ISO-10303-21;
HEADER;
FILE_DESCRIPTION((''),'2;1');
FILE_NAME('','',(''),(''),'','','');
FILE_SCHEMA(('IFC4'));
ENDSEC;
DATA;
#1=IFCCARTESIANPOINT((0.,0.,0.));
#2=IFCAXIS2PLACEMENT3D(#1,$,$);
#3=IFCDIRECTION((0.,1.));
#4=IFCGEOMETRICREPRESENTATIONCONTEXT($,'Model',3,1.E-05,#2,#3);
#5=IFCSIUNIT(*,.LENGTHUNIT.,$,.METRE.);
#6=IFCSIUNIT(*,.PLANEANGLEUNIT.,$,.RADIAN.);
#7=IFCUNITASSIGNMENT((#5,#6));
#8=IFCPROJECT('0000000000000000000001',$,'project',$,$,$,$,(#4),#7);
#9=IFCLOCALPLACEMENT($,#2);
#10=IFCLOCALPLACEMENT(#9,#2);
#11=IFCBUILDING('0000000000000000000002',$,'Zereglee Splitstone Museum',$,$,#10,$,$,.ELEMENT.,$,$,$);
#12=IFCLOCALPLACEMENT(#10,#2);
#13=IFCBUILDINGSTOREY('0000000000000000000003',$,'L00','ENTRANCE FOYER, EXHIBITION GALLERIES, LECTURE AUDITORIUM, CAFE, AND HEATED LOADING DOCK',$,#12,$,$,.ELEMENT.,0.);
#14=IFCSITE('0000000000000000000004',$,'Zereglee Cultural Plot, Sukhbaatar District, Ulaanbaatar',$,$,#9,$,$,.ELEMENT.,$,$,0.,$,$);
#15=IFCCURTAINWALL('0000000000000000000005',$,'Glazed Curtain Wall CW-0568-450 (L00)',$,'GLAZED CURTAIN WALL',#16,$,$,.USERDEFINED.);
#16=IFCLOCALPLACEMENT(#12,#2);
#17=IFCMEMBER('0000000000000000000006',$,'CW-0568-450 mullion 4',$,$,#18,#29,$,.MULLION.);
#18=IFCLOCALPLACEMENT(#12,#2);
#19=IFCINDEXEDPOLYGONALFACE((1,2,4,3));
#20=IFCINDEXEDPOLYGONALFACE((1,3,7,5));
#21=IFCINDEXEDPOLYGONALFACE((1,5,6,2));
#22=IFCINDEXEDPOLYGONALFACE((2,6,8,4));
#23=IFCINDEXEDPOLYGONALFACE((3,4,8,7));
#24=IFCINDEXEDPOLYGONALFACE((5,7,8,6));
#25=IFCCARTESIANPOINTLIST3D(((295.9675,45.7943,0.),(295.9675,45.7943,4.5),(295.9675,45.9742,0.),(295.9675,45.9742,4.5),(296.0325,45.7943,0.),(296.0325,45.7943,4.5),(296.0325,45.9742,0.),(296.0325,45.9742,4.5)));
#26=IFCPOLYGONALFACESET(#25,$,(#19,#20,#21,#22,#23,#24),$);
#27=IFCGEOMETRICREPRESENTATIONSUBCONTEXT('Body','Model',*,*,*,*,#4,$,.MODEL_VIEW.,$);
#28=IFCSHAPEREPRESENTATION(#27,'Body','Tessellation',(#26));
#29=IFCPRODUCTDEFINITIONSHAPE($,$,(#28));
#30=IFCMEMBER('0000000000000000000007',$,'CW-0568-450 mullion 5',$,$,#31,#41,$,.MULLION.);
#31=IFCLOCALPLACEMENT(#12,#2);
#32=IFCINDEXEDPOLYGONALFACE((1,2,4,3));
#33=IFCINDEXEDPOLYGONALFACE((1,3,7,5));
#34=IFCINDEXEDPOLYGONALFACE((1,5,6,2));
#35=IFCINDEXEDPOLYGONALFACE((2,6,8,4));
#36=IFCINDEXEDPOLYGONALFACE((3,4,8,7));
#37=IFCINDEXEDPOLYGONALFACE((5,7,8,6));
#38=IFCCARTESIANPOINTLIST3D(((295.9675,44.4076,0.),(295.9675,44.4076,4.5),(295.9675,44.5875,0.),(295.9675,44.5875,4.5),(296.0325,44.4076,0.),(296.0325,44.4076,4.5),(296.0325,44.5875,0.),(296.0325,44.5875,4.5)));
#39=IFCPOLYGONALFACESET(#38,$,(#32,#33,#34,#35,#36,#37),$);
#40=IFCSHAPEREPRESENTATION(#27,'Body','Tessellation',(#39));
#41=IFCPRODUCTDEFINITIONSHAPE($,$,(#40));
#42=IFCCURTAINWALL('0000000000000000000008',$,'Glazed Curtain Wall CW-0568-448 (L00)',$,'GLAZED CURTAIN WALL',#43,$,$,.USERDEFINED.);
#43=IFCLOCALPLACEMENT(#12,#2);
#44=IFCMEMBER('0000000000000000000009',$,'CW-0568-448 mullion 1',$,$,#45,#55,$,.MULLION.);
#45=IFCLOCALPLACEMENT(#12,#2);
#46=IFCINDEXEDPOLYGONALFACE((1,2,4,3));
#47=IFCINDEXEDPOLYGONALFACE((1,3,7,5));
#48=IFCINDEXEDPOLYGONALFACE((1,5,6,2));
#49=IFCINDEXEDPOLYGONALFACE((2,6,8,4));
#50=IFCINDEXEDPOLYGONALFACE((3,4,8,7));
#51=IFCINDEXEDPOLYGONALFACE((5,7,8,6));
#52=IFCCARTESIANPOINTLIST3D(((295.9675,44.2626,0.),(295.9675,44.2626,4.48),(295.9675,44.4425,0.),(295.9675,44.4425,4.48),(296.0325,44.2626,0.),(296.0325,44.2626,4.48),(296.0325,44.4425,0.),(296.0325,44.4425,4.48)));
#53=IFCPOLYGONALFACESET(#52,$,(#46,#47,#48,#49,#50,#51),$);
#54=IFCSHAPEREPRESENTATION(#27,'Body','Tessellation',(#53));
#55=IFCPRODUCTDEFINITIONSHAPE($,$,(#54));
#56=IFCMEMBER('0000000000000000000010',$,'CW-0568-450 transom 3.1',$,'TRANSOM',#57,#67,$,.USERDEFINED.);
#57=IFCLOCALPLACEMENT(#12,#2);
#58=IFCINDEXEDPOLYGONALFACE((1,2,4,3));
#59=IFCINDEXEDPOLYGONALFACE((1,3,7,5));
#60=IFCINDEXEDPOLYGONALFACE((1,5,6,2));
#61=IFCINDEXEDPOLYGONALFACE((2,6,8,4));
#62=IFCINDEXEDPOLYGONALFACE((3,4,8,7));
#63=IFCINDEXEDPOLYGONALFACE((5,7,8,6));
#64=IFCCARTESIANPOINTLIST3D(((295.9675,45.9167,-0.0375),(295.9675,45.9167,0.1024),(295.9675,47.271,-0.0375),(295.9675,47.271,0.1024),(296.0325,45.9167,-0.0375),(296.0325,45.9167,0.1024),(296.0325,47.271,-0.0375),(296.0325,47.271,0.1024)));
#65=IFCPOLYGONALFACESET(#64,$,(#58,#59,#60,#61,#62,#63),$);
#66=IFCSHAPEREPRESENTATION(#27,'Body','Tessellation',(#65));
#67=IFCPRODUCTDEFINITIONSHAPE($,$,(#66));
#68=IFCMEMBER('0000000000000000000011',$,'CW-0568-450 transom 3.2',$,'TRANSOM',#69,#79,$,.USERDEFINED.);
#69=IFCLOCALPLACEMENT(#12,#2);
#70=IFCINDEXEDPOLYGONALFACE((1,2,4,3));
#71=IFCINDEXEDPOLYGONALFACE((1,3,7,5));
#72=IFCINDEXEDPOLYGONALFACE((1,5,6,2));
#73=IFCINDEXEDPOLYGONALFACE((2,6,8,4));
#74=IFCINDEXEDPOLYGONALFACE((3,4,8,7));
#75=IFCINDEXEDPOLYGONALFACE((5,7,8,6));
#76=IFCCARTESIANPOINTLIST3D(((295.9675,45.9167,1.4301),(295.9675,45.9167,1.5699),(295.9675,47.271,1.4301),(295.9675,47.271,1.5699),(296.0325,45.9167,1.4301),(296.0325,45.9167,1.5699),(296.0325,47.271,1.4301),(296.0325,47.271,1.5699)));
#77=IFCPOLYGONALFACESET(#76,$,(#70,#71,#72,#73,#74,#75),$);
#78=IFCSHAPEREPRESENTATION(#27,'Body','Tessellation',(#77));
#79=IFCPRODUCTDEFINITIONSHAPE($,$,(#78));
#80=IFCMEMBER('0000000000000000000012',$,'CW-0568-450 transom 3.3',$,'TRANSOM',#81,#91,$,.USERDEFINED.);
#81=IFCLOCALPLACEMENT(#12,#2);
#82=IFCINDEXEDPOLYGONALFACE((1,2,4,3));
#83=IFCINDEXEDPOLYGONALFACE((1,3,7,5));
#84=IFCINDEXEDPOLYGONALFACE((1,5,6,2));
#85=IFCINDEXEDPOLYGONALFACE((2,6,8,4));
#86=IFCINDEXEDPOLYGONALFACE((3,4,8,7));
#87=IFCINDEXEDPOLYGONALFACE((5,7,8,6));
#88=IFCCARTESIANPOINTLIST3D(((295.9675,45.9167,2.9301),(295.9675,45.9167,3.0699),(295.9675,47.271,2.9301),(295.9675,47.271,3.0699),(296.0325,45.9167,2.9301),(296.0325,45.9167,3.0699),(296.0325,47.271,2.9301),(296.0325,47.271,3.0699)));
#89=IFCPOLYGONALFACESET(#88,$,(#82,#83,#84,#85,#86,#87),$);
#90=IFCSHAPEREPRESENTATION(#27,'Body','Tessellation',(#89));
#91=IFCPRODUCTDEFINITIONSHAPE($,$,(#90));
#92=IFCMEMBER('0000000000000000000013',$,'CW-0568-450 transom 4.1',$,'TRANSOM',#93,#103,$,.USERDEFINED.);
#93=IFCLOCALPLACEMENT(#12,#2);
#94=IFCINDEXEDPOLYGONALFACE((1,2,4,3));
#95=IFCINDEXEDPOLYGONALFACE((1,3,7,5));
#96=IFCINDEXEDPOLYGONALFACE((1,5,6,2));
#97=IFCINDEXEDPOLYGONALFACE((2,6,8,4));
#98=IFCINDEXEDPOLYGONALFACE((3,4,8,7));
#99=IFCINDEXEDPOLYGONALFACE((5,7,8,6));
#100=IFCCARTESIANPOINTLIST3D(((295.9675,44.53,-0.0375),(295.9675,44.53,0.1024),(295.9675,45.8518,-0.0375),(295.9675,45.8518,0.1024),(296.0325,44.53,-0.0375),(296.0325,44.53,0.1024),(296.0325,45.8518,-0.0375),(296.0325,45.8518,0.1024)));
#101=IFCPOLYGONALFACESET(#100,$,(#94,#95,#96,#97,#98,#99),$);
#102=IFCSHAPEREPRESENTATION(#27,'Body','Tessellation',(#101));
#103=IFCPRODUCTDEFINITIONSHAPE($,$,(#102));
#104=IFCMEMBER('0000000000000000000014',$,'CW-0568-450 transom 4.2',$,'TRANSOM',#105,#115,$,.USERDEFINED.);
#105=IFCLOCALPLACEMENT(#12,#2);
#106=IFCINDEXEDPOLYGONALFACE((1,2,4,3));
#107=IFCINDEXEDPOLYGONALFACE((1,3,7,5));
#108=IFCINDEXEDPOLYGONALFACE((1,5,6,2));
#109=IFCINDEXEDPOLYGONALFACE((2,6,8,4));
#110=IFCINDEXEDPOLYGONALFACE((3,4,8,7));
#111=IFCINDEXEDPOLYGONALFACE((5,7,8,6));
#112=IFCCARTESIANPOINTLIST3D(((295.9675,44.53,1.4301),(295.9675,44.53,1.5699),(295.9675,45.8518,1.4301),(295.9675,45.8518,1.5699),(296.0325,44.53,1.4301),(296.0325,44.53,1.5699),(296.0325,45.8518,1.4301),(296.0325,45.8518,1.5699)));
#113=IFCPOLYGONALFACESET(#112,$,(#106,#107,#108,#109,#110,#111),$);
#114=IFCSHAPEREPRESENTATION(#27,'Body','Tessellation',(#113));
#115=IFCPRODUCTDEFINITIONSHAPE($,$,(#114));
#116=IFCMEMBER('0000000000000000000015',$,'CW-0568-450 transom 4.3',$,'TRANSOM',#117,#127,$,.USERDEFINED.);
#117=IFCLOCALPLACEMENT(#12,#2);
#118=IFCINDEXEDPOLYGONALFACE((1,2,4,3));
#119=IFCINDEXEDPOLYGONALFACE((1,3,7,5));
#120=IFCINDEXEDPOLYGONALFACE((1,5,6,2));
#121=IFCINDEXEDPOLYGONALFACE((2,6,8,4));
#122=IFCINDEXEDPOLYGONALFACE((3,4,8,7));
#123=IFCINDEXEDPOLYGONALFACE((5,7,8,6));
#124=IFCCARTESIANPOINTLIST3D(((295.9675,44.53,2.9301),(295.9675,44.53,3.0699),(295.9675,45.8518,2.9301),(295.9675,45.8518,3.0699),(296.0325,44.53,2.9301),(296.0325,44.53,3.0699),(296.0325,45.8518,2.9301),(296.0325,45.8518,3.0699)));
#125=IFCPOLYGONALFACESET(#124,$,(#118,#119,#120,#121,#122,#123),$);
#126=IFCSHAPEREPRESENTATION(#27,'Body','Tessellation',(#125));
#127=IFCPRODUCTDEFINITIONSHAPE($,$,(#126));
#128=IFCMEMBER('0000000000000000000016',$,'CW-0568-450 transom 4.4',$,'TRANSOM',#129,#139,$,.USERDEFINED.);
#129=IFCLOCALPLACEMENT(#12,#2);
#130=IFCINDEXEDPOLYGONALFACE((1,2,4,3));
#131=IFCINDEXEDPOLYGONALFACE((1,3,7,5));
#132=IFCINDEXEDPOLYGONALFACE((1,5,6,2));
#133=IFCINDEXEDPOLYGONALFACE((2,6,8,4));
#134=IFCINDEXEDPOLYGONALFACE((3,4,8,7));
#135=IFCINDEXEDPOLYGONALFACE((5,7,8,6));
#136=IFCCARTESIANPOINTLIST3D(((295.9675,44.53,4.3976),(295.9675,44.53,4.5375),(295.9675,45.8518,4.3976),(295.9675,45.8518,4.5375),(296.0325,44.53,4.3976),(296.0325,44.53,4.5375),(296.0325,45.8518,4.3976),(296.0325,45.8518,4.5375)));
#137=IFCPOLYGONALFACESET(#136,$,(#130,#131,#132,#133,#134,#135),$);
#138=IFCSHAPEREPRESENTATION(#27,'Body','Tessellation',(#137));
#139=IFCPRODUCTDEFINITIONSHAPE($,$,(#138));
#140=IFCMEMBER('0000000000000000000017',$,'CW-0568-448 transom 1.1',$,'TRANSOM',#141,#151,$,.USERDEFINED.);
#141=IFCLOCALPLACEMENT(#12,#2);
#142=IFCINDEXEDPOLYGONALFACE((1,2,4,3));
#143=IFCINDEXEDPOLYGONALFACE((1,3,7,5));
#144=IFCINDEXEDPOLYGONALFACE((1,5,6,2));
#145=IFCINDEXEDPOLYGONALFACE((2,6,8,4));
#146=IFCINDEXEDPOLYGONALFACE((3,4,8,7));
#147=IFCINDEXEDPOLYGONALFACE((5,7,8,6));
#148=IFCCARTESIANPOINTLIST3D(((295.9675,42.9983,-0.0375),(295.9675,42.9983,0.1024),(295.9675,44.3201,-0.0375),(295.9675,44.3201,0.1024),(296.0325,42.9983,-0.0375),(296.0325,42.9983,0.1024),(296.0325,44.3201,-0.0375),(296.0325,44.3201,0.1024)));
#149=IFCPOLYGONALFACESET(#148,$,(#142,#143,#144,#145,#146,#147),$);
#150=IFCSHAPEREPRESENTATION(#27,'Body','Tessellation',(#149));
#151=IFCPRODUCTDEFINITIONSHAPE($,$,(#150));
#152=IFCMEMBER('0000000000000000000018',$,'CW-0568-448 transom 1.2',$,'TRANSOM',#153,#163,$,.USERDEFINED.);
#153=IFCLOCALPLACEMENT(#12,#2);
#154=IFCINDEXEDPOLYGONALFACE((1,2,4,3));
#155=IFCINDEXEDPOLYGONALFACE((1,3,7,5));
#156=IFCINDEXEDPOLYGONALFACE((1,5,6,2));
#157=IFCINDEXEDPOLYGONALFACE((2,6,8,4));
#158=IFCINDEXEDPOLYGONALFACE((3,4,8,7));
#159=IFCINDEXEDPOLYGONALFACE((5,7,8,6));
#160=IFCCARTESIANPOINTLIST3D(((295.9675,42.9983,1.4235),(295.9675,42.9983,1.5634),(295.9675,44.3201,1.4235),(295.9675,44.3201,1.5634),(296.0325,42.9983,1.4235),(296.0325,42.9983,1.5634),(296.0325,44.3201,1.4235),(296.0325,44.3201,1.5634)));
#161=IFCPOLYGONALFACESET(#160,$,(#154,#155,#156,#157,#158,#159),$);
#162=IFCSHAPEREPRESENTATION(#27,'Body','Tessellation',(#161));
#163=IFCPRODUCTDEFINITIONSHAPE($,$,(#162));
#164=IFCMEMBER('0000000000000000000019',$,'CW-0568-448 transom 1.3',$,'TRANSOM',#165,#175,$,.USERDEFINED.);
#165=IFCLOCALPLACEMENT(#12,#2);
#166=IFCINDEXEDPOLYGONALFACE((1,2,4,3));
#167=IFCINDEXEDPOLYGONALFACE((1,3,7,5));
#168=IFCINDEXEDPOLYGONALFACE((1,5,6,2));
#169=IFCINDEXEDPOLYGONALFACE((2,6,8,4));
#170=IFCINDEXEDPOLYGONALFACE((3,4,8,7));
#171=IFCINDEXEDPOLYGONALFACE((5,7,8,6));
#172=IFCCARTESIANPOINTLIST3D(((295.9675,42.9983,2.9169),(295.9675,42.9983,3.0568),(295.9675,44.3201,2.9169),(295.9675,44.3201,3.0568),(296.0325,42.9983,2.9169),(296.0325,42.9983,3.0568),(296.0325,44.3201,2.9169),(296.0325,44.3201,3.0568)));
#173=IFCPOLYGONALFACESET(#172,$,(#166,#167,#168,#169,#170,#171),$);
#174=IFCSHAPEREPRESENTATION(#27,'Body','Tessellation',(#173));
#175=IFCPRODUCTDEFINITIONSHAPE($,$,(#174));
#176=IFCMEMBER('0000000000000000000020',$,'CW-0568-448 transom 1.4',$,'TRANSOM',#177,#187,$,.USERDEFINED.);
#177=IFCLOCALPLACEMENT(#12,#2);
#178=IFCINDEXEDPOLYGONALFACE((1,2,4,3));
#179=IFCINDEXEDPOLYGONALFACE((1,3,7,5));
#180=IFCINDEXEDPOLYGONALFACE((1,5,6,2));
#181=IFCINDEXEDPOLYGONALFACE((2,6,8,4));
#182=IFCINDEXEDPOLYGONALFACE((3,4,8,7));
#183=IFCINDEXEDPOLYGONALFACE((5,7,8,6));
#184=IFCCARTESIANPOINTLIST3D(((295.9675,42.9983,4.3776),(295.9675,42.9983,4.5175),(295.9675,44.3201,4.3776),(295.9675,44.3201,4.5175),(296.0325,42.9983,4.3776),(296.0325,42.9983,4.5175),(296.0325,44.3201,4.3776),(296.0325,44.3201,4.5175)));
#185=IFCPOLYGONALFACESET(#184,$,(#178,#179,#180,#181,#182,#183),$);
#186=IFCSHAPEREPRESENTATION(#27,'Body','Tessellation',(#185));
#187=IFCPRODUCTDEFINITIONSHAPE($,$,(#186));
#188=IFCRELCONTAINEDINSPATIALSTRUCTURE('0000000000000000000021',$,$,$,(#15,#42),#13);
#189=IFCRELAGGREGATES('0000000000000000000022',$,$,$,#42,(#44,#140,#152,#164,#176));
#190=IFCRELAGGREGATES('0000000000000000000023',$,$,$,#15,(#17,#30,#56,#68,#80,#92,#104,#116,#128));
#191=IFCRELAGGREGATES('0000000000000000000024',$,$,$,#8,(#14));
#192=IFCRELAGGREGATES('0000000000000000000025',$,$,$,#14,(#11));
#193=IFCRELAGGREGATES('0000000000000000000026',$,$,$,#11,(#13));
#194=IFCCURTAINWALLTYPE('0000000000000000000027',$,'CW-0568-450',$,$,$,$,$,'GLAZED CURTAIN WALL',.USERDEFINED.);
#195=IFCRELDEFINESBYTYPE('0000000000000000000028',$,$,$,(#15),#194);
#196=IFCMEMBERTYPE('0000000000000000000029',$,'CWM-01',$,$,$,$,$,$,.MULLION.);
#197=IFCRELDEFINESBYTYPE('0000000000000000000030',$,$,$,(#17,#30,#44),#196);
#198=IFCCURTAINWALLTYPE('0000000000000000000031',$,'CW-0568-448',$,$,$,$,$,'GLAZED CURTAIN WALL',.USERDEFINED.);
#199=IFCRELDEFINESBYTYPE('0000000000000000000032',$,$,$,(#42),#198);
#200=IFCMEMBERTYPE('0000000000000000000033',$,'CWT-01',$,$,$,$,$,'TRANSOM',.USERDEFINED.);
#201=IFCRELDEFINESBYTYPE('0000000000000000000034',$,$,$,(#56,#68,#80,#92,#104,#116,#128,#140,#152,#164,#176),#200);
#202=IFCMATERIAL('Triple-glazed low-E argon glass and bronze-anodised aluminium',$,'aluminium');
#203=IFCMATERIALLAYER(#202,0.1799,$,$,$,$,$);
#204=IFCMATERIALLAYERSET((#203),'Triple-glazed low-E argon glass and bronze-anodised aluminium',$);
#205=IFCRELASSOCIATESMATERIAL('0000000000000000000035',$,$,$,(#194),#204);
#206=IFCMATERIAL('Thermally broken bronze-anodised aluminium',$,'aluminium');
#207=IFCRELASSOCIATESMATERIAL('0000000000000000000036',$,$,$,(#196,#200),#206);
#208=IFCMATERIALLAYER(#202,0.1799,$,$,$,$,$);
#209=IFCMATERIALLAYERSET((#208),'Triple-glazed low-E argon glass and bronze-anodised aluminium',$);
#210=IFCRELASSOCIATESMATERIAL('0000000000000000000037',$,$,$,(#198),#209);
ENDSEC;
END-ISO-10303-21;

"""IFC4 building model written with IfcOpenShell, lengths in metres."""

from ifc_helpers import new_model, si_unit, direction, frame, origin, origin_2d, place, context, subcontext, project, spatial, rectangle, extrude, material, layer, layer_set, material_profile, profile_set, type_object, element, aggregate, save


model = new_model("IFC4")

# Units and contexts
model_context = context("Model", 3, precision=1e-05, world=origin(), true_north=direction((0.0, 1.0)))
body_context = subcontext(model_context, "Body", "Model", "MODEL_VIEW")
ifc_project = project(units=[si_unit("LENGTHUNIT", "METRE"), si_unit("PLANEANGLEUNIT", "RADIAN")], contexts=[model_context])

# Site, building, storey
site_placement = place(None, origin())
site = spatial("IfcSite", under=ifc_project, at=site_placement, Name="Zereglee Cultural Plot, Sukhbaatar District, Ulaanbaatar", CompositionType="ELEMENT", RefElevation=0.0)
building_placement = place(site_placement, origin())
building = spatial("IfcBuilding", under=site, at=building_placement, Name="Zereglee Splitstone Museum", CompositionType="ELEMENT")
storey_placement = place(building_placement, origin())
storey = spatial("IfcBuildingStorey", under=building, at=storey_placement, Name="L00", Description="ENTRANCE FOYER, EXHIBITION GALLERIES, LECTURE AUDITORIUM, CAFE, AND HEATED LOADING DOCK", CompositionType="ELEMENT", Elevation=0.0)

# Curtain wall, members
ifc_material_1 = material(Name="Triple-glazed low-E argon glass and bronze-anodised aluminium", Category="aluminium")
ifc_layer_1 = layer(ifc_material_1, 0.1799)
ifc_layer_set_1 = layer_set([ifc_layer_1], Name="Triple-glazed low-E argon glass and bronze-anodised aluminium")
curtain_wall_type_1 = type_object("IfcCurtainWallType", Name="CW-0568-450", ElementType="GLAZED CURTAIN WALL", PredefinedType="USERDEFINED", material=ifc_layer_set_1)
curtain_wall_1_placement = place(storey_placement, origin())
curtain_wall_1 = element("IfcCurtainWall", 1, at=curtain_wall_1_placement, inside=storey, type_object=curtain_wall_type_1, Name="Glazed Curtain Wall CW-0568-450 (L00)", ObjectType="GLAZED CURTAIN WALL", PredefinedType="USERDEFINED")
ifc_material_2 = material(Name="Thermally broken bronze-anodised aluminium", Category="aluminium")
ifc_material_profile_1 = material_profile(ifc_material_2, rectangle(XDim=0.0649, YDim=0.1799, at=origin_2d()), Name="CW MULL 65x180")
ifc_profile_set_1 = profile_set([ifc_material_profile_1], Name="Thermally broken bronze-anodised aluminium")
member_type_1 = type_object("IfcMemberType", Name="CWM-01", PredefinedType="MULLION", material=ifc_profile_set_1)
member_1_placement = place(storey_placement, frame((296.0, 45.8843, 0.0), z_axis=(0.0, 0.0, 1.0), x_axis=(1.0, 0.0, 0.0)))
member_1 = element("IfcMember", 2, at=member_1_placement, type_object=member_type_1, Name="CW-0568-450 mullion 4", PredefinedType="MULLION", context=body_context, shape_type="SweptSolid", body=[
    extrude(rectangle(XDim=0.0649, YDim=0.1799, at=origin_2d()), origin(), (0.0, 0.0, 1.0), 4.5),
])
member_2_placement = place(storey_placement, frame((296.0, 44.4976, 0.0), z_axis=(0.0, 0.0, 1.0), x_axis=(1.0, 0.0, 0.0)))
member_2 = element("IfcMember", 3, at=member_2_placement, type_object=member_type_1, Name="CW-0568-450 mullion 5", PredefinedType="MULLION", context=body_context, shape_type="SweptSolid", body=[
    extrude(rectangle(XDim=0.0649, YDim=0.1799, at=origin_2d()), origin(), (0.0, 0.0, 1.0), 4.5),
])

# Curtain wall, member
ifc_layer_2 = layer(ifc_material_1, 0.1799)
ifc_layer_set_2 = layer_set([ifc_layer_2], Name="Triple-glazed low-E argon glass and bronze-anodised aluminium")
curtain_wall_type_2 = type_object("IfcCurtainWallType", Name="CW-0568-448", ElementType="GLAZED CURTAIN WALL", PredefinedType="USERDEFINED", material=ifc_layer_set_2)
curtain_wall_2_placement = place(storey_placement, origin())
curtain_wall_2 = element("IfcCurtainWall", 4, at=curtain_wall_2_placement, inside=storey, type_object=curtain_wall_type_2, Name="Glazed Curtain Wall CW-0568-448 (L00)", ObjectType="GLAZED CURTAIN WALL", PredefinedType="USERDEFINED")
member_3_placement = place(storey_placement, frame((296.0, 44.3525, 0.0), z_axis=(0.0, 0.0, 1.0), x_axis=(1.0, 0.0, 0.0)))
member_3 = element("IfcMember", 5, at=member_3_placement, type_object=member_type_1, Name="CW-0568-448 mullion 1", PredefinedType="MULLION", context=body_context, shape_type="SweptSolid", body=[
    extrude(rectangle(XDim=0.0649, YDim=0.1799, at=origin_2d()), origin(), (0.0, 0.0, 1.0), 4.48),
])

# Members
ifc_material_profile_2 = material_profile(ifc_material_2, rectangle(XDim=0.0649, YDim=0.1399, at=origin_2d()), Name="CW TRAN 65x140")
ifc_profile_set_2 = profile_set([ifc_material_profile_2], Name="Thermally broken bronze-anodised aluminium")
member_type_2 = type_object("IfcMemberType", Name="CWT-01", ElementType="TRANSOM", PredefinedType="USERDEFINED", material=ifc_profile_set_2)
member_4_placement = place(storey_placement, frame((296.0, 47.271, 0.0325), z_axis=(0.0, -1.0, 0.0), x_axis=(1.0, 0.0, 0.0)))
member_4 = element("IfcMember", 6, at=member_4_placement, type_object=member_type_2, Name="CW-0568-450 transom 3.1", ObjectType="TRANSOM", PredefinedType="USERDEFINED", context=body_context, shape_type="SweptSolid", body=[
    extrude(rectangle(XDim=0.0649, YDim=0.1399, at=origin_2d()), origin(), (0.0, 0.0, 1.0), 1.3542),
])
member_5_placement = place(storey_placement, frame((296.0, 47.271, 1.5), z_axis=(0.0, -1.0, 0.0), x_axis=(1.0, 0.0, 0.0)))
member_5 = element("IfcMember", 7, at=member_5_placement, type_object=member_type_2, Name="CW-0568-450 transom 3.2", ObjectType="TRANSOM", PredefinedType="USERDEFINED", context=body_context, shape_type="SweptSolid", body=[
    extrude(rectangle(XDim=0.0649, YDim=0.1399, at=origin_2d()), origin(), (0.0, 0.0, 1.0), 1.3542),
])
member_6_placement = place(storey_placement, frame((296.0, 47.271, 3.0), z_axis=(0.0, -1.0, 0.0), x_axis=(1.0, 0.0, 0.0)))
member_6 = element("IfcMember", 8, at=member_6_placement, type_object=member_type_2, Name="CW-0568-450 transom 3.3", ObjectType="TRANSOM", PredefinedType="USERDEFINED", context=body_context, shape_type="SweptSolid", body=[
    extrude(rectangle(XDim=0.0649, YDim=0.1399, at=origin_2d()), origin(), (0.0, 0.0, 1.0), 1.3542),
])
member_7_placement = place(storey_placement, frame((296.0, 45.8518, 0.0325), z_axis=(0.0, -1.0, 0.0), x_axis=(1.0, 0.0, 0.0)))
member_7 = element("IfcMember", 9, at=member_7_placement, type_object=member_type_2, Name="CW-0568-450 transom 4.1", ObjectType="TRANSOM", PredefinedType="USERDEFINED", context=body_context, shape_type="SweptSolid", body=[
    extrude(rectangle(XDim=0.0649, YDim=0.1399, at=origin_2d()), origin(), (0.0, 0.0, 1.0), 1.3218),
])
member_8_placement = place(storey_placement, frame((296.0, 45.8518, 1.5), z_axis=(0.0, -1.0, 0.0), x_axis=(1.0, 0.0, 0.0)))
member_8 = element("IfcMember", 10, at=member_8_placement, type_object=member_type_2, Name="CW-0568-450 transom 4.2", ObjectType="TRANSOM", PredefinedType="USERDEFINED", context=body_context, shape_type="SweptSolid", body=[
    extrude(rectangle(XDim=0.0649, YDim=0.1399, at=origin_2d()), origin(), (0.0, 0.0, 1.0), 1.3218),
])
member_9_placement = place(storey_placement, frame((296.0, 45.8518, 3.0), z_axis=(0.0, -1.0, 0.0), x_axis=(1.0, 0.0, 0.0)))
member_9 = element("IfcMember", 11, at=member_9_placement, type_object=member_type_2, Name="CW-0568-450 transom 4.3", ObjectType="TRANSOM", PredefinedType="USERDEFINED", context=body_context, shape_type="SweptSolid", body=[
    extrude(rectangle(XDim=0.0649, YDim=0.1399, at=origin_2d()), origin(), (0.0, 0.0, 1.0), 1.3218),
])
member_10_placement = place(storey_placement, frame((296.0, 45.8518, 4.4675), z_axis=(0.0, -1.0, 0.0), x_axis=(1.0, 0.0, 0.0)))
member_10 = element("IfcMember", 12, at=member_10_placement, type_object=member_type_2, Name="CW-0568-450 transom 4.4", ObjectType="TRANSOM", PredefinedType="USERDEFINED", context=body_context, shape_type="SweptSolid", body=[
    extrude(rectangle(XDim=0.0649, YDim=0.1399, at=origin_2d()), origin(), (0.0, 0.0, 1.0), 1.3218),
])
member_11_placement = place(storey_placement, frame((296.0, 44.3201, 0.0325), z_axis=(0.0, -1.0, 0.0), x_axis=(1.0, 0.0, 0.0)))
member_11 = element("IfcMember", 13, at=member_11_placement, type_object=member_type_2, Name="CW-0568-448 transom 1.1", ObjectType="TRANSOM", PredefinedType="USERDEFINED", context=body_context, shape_type="SweptSolid", body=[
    extrude(rectangle(XDim=0.0649, YDim=0.1399, at=origin_2d()), origin(), (0.0, 0.0, 1.0), 1.3218),
])
member_12_placement = place(storey_placement, frame((296.0, 44.3201, 1.4934), z_axis=(0.0, -1.0, 0.0), x_axis=(1.0, 0.0, 0.0)))
member_12 = element("IfcMember", 14, at=member_12_placement, type_object=member_type_2, Name="CW-0568-448 transom 1.2", ObjectType="TRANSOM", PredefinedType="USERDEFINED", context=body_context, shape_type="SweptSolid", body=[
    extrude(rectangle(XDim=0.0649, YDim=0.1399, at=origin_2d()), origin(), (0.0, 0.0, 1.0), 1.3218),
])
member_13_placement = place(storey_placement, frame((296.0, 44.3201, 2.9868), z_axis=(0.0, -1.0, 0.0), x_axis=(1.0, 0.0, 0.0)))
member_13 = element("IfcMember", 15, at=member_13_placement, type_object=member_type_2, Name="CW-0568-448 transom 1.3", ObjectType="TRANSOM", PredefinedType="USERDEFINED", context=body_context, shape_type="SweptSolid", body=[
    extrude(rectangle(XDim=0.0649, YDim=0.1399, at=origin_2d()), origin(), (0.0, 0.0, 1.0), 1.3218),
])
member_14_placement = place(storey_placement, frame((296.0, 44.3201, 4.4475), z_axis=(0.0, -1.0, 0.0), x_axis=(1.0, 0.0, 0.0)))
member_14 = element("IfcMember", 16, at=member_14_placement, type_object=member_type_2, Name="CW-0568-448 transom 1.4", ObjectType="TRANSOM", PredefinedType="USERDEFINED", context=body_context, shape_type="SweptSolid", body=[
    extrude(rectangle(XDim=0.0649, YDim=0.1399, at=origin_2d()), origin(), (0.0, 0.0, 1.0), 1.3218),
])
aggregate(curtain_wall_2, [member_3, member_11, member_12, member_13, member_14])

aggregate(curtain_wall_1, [member_1, member_2, member_4, member_5, member_6, member_7, member_8, member_9, member_10])

save(model, "model.ifc")
